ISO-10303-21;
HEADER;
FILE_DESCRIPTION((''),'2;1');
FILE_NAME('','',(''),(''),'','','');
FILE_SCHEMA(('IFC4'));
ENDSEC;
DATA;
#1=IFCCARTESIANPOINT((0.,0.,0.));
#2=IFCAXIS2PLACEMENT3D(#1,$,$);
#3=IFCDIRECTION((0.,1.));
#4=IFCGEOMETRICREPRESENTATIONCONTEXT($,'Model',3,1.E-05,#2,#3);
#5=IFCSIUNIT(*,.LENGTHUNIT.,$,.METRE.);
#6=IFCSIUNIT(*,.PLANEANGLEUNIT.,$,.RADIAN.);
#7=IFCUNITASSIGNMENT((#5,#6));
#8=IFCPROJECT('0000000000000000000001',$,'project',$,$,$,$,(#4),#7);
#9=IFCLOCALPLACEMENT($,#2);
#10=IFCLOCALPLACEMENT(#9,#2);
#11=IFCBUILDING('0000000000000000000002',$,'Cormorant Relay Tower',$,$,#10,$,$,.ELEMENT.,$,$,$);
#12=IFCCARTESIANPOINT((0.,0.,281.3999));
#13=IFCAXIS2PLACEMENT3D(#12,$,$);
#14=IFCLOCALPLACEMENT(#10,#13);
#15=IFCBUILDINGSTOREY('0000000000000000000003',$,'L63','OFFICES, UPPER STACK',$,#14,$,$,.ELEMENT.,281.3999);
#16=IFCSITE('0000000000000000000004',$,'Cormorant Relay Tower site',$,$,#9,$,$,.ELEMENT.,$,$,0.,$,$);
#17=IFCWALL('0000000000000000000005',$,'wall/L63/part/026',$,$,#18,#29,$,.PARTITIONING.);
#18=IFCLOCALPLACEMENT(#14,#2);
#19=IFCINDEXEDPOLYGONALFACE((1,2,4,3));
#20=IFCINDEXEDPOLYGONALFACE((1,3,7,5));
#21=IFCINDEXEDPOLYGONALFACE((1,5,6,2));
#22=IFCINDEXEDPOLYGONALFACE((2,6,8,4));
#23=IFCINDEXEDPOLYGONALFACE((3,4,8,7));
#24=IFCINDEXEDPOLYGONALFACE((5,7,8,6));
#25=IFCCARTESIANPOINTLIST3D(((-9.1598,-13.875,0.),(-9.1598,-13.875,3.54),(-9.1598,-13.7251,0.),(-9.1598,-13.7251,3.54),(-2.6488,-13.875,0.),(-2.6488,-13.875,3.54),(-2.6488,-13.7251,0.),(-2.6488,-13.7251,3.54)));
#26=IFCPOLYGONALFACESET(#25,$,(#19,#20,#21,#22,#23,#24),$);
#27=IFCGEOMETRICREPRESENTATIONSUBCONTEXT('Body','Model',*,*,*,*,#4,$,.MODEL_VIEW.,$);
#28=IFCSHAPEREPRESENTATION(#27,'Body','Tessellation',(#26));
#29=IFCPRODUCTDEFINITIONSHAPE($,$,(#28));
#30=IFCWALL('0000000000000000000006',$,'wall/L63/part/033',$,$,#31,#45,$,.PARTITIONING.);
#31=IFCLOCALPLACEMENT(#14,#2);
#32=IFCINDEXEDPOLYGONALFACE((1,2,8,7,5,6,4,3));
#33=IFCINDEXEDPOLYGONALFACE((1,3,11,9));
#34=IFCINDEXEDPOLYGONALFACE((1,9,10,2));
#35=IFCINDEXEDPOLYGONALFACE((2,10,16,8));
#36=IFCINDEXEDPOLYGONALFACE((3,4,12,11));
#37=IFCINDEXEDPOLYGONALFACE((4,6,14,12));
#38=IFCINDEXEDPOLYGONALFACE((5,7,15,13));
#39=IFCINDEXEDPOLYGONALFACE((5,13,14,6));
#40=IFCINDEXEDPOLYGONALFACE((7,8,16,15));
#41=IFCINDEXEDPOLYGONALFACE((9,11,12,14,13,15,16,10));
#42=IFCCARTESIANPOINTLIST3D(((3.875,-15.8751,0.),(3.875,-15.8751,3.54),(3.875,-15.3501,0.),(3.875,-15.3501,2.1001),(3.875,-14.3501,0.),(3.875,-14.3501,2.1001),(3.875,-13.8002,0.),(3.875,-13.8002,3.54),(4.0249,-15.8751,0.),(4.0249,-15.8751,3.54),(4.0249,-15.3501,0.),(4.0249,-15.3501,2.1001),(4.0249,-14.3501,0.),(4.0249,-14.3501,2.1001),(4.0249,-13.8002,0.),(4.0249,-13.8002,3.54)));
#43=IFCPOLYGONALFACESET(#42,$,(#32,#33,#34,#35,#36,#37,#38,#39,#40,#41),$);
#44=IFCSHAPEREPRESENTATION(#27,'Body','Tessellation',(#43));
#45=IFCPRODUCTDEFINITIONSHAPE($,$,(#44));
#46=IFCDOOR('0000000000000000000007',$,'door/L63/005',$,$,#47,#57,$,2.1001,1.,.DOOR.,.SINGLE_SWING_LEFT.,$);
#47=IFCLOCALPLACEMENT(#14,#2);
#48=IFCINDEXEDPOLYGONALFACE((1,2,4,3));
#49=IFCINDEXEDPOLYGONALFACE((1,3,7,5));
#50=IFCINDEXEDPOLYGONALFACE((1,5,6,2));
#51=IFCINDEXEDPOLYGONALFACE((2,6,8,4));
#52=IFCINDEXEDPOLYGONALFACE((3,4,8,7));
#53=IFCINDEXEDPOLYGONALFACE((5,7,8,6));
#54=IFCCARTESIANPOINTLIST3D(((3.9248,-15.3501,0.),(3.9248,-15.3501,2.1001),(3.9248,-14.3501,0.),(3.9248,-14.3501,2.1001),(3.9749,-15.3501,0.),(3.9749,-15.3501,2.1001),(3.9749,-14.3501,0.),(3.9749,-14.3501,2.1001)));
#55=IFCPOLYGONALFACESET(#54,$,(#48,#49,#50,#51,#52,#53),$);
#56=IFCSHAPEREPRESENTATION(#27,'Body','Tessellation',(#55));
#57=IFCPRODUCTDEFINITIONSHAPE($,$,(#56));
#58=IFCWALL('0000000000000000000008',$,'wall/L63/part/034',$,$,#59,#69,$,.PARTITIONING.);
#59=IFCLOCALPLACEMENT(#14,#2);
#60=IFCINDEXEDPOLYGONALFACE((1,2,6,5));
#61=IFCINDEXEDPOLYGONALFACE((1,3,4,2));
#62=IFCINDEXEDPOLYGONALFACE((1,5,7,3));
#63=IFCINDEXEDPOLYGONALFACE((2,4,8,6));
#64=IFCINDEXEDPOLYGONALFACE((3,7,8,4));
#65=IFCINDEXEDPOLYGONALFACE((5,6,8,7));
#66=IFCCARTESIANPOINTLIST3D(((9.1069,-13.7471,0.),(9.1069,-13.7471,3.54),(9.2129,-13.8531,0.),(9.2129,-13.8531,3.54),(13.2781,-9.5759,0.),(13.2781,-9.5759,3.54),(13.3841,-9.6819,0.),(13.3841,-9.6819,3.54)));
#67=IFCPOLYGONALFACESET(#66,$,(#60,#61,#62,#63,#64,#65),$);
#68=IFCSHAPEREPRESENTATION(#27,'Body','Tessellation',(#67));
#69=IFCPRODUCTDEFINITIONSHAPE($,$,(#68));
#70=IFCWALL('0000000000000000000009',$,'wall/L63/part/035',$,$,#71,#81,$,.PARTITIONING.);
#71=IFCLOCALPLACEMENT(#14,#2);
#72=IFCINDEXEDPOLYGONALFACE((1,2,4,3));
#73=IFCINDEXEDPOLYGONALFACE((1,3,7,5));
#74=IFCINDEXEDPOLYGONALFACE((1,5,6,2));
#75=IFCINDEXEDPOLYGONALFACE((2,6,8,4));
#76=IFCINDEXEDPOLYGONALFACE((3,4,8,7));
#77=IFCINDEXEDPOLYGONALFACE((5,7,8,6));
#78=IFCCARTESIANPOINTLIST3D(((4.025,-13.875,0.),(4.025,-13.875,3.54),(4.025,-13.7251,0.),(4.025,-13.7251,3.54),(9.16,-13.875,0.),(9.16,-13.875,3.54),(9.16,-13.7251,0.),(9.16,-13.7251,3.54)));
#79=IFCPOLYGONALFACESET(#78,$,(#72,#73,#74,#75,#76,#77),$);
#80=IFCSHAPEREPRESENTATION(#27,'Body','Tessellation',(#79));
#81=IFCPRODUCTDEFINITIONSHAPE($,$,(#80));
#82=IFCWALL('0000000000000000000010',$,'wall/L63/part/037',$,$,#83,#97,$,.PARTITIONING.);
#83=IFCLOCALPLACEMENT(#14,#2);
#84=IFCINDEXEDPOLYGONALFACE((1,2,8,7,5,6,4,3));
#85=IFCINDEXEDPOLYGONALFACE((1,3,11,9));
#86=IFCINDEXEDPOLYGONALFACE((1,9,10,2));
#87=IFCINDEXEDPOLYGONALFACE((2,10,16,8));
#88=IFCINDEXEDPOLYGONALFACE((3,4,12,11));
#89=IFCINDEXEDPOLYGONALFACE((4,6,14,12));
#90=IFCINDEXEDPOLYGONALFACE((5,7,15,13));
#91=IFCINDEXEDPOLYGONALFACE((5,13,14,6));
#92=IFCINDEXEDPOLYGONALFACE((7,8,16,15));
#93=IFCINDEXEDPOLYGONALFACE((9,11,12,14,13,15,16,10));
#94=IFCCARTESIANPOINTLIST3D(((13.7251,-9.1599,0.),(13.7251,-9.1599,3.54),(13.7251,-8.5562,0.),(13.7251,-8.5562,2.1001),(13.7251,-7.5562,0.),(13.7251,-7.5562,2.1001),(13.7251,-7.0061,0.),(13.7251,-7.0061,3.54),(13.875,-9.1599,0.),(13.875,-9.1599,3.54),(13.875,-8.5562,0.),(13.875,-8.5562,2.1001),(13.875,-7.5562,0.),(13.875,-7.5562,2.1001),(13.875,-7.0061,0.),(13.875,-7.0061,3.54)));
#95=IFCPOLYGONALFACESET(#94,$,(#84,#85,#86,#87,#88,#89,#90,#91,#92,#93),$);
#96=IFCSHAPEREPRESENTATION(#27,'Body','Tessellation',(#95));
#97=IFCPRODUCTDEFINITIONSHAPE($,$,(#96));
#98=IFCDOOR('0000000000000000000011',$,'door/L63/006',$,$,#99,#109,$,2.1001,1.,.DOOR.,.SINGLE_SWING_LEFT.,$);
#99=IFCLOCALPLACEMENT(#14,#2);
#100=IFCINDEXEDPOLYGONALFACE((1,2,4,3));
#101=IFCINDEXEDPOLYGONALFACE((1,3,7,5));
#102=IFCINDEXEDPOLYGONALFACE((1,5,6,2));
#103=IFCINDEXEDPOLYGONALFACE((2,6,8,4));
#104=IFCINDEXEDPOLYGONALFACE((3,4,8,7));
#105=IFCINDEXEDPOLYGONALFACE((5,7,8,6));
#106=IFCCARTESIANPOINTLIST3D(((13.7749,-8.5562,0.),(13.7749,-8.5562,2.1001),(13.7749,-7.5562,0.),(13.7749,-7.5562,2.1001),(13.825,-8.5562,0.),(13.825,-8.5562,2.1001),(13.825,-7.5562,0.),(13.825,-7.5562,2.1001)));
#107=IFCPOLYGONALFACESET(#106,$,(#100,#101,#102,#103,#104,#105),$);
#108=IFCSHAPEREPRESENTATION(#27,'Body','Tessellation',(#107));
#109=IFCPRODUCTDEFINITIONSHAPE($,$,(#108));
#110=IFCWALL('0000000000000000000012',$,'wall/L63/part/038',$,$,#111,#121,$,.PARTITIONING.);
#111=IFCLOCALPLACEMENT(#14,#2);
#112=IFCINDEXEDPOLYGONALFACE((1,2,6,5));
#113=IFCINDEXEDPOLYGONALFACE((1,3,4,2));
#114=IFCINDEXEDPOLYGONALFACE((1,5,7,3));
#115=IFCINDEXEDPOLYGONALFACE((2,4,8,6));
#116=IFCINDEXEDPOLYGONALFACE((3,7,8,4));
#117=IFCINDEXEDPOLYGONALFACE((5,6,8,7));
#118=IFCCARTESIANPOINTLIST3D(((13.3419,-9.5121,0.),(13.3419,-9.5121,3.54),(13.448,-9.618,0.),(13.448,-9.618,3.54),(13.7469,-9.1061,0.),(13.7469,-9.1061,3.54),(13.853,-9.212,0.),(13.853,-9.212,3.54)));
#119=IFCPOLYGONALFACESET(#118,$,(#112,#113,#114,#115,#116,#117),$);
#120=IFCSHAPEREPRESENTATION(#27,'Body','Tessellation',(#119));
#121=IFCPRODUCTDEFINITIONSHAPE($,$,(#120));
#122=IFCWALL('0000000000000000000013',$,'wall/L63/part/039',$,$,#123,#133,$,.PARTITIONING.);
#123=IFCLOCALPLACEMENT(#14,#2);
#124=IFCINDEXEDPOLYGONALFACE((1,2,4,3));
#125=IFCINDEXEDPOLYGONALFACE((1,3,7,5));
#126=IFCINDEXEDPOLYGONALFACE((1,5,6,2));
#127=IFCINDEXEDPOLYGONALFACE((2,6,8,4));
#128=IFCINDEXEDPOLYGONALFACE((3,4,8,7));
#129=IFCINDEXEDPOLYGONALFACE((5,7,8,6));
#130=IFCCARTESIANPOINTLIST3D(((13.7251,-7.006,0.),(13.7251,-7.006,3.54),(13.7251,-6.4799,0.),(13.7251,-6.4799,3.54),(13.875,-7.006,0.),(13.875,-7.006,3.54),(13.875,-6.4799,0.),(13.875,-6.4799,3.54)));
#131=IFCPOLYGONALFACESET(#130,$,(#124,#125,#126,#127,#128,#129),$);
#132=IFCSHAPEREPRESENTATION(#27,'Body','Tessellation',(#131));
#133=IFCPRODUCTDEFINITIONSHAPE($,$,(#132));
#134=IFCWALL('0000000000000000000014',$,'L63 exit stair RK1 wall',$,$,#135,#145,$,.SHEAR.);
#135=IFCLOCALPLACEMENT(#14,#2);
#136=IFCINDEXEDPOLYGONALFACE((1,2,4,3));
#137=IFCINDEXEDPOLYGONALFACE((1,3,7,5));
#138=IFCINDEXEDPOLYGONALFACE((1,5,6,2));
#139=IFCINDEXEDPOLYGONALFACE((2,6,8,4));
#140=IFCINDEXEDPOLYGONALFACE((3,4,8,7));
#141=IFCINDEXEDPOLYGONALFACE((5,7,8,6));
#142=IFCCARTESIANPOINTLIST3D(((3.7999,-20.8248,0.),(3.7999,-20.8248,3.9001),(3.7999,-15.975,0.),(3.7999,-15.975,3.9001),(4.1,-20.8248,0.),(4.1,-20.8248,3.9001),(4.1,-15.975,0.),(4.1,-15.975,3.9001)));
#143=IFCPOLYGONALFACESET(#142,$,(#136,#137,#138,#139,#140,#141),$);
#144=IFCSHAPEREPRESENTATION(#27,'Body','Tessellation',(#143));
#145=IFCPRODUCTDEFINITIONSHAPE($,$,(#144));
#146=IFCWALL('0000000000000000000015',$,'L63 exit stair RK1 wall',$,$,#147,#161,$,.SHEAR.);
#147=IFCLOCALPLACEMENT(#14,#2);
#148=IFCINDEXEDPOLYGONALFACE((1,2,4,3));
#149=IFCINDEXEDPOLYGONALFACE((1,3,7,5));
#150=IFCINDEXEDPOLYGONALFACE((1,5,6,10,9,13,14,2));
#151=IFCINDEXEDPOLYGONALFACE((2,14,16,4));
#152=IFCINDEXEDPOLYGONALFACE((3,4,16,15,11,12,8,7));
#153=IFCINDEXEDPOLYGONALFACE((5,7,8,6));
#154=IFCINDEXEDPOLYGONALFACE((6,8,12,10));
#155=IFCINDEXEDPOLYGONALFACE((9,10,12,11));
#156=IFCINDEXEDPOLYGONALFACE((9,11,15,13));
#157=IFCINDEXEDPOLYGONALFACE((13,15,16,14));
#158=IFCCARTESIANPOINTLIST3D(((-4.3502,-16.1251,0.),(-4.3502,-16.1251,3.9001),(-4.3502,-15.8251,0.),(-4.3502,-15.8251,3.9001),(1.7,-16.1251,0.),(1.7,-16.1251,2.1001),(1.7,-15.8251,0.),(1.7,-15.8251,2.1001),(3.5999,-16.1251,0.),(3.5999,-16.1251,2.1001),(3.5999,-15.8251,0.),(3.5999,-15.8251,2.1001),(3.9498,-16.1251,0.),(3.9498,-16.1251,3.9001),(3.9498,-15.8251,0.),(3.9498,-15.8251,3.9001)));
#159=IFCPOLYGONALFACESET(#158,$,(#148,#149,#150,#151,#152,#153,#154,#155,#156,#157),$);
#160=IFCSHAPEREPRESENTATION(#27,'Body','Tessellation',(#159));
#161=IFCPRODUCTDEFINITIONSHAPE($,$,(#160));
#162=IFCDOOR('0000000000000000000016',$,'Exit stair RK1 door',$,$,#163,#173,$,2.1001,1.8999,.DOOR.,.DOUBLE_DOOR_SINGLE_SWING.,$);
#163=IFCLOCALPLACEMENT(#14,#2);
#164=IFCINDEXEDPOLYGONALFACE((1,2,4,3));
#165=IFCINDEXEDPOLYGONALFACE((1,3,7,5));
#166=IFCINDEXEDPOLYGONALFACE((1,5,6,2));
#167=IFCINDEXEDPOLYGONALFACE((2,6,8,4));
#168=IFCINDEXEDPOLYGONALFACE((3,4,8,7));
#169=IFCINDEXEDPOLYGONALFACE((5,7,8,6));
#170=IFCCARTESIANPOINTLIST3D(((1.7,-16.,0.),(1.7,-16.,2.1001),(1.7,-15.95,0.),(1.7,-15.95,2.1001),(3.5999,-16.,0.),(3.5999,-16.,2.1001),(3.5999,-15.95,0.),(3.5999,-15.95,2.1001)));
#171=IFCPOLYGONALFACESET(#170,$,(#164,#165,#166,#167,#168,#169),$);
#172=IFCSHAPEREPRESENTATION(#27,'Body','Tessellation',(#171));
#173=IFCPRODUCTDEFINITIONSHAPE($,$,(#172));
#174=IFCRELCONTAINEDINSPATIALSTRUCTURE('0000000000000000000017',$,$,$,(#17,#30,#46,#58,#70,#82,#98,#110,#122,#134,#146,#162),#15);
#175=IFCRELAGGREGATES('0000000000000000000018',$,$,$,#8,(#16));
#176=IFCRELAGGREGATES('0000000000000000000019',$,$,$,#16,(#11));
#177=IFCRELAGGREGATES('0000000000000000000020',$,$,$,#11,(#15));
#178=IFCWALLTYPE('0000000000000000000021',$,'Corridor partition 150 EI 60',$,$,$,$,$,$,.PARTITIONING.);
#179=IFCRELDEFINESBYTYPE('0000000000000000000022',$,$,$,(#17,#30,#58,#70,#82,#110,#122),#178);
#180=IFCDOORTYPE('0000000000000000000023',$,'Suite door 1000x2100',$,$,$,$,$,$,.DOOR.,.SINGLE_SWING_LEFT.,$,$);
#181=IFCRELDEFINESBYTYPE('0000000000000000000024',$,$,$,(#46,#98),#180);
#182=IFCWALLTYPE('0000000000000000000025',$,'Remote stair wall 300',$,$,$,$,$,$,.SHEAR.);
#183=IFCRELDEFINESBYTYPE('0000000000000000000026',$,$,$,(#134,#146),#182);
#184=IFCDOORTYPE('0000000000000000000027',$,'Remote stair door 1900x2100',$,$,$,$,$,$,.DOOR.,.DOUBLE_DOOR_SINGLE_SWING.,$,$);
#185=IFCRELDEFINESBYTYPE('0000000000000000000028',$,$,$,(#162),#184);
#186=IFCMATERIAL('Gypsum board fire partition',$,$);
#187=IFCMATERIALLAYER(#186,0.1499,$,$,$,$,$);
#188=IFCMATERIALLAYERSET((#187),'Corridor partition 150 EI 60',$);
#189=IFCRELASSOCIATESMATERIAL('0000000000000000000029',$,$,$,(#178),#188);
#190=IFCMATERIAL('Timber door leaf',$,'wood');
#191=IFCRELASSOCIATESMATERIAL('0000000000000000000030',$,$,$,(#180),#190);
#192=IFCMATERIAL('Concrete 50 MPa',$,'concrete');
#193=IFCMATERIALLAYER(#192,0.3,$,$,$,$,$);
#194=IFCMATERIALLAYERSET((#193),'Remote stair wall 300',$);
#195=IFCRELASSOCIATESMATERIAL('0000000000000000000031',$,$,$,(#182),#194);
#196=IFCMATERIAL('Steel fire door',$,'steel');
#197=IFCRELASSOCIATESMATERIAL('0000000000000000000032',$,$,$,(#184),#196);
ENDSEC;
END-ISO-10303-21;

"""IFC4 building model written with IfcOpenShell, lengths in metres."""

from ifc_helpers import new_model, si_unit, direction, frame, frame_2d, origin, place, context, subcontext, project, spatial, rectangle, extrude, material, layer, layer_set, type_object, element, fill, save


model = new_model("IFC4")

# Units and contexts
model_context = context("Model", 3, precision=1e-05, world=origin(), true_north=direction((0.0, 1.0)))
body_context = subcontext(model_context, "Body", "Model", "MODEL_VIEW")
ifc_project = project(units=[si_unit("LENGTHUNIT", "METRE"), si_unit("PLANEANGLEUNIT", "RADIAN")], contexts=[model_context])

# Site, building, storey
site_placement = place(None, origin())
site = spatial("IfcSite", under=ifc_project, at=site_placement, Name="Cormorant Relay Tower site", CompositionType="ELEMENT", RefElevation=0.0)
building_placement = place(site_placement, origin())
building = spatial("IfcBuilding", under=site, at=building_placement, Name="Cormorant Relay Tower", CompositionType="ELEMENT")
storey_placement = place(building_placement, frame((0.0, 0.0, 281.3999)))
storey = spatial("IfcBuildingStorey", under=building, at=storey_placement, Name="L63", Description="OFFICES, UPPER STACK", CompositionType="ELEMENT", Elevation=281.3999)

# Shared definitions
ifc_material_1 = material(Name="Gypsum board fire partition")
ifc_layer_1 = layer(ifc_material_1, 0.1499)
ifc_layer_set_1 = layer_set([ifc_layer_1], Name="Corridor partition 150 EI 60")
wall_type_1 = type_object("IfcWallType", Name="Corridor partition 150 EI 60", PredefinedType="PARTITIONING", material=ifc_layer_set_1)
ifc_material_2 = material(Name="Timber door leaf", Category="wood")
door_type_1 = type_object("IfcDoorType", Name="Suite door 1000x2100", OperationType="SINGLE_SWING_LEFT", PredefinedType="DOOR", material=ifc_material_2)

# Wall
wall_1_placement = place(storey_placement, frame((-2.6489, -13.8, 0.0), z_axis=(0.0, 0.0, 1.0), x_axis=(-1.0, 0.0, 0.0)))
element("IfcWall", 1, at=wall_1_placement, inside=storey, type_object=wall_type_1, Name="wall/L63/part/026", PredefinedType="PARTITIONING", context=body_context, shape_type="SweptSolid", body=[
    extrude(rectangle(XDim=6.511, YDim=0.1499, at=frame_2d((3.2554, 0.0))), origin(), (0.0, 0.0, 1.0), 3.54),
])

# Wall, opening, door
wall_2_placement = place(storey_placement, frame((3.95, -13.8, 0.0), z_axis=(0.0, 0.0, 1.0), x_axis=(0.0, -1.0, 0.0)))
wall_2 = element("IfcWall", 2, at=wall_2_placement, inside=storey, type_object=wall_type_1, Name="wall/L63/part/033", PredefinedType="PARTITIONING", context=body_context, shape_type="SweptSolid", body=[
    extrude(rectangle(XDim=2.075, YDim=0.1499, at=frame_2d((1.0376, 0.0))), origin(), (0.0, 0.0, 1.0), 3.54),
])
opening_1_placement = place(wall_2_placement, frame((0.55, 0.0, 0.0)))
opening_1 = element("IfcOpeningElement", 3, at=opening_1_placement, cuts=wall_2, PredefinedType="OPENING", context=body_context, shape_type="SweptSolid", body=[
    extrude(rectangle(XDim=1.0, YDim=2.1001, at=frame_2d((0.5, 1.05))), frame((0.0, 0.085, 0.0), z_axis=(0.0, -1.0, 0.0), x_axis=(1.0, 0.0, 0.0)), (0.0, 0.0, 1.0), 0.1699),
])
door_1_placement = place(opening_1_placement, origin())
door_1 = element("IfcDoor", 4, at=door_1_placement, inside=storey, type_object=door_type_1, Name="door/L63/005", OperationType="SINGLE_SWING_LEFT", OverallHeight=2.1001, OverallWidth=1.0, PredefinedType="DOOR", context=body_context, shape_type="SweptSolid", body=[
    extrude(rectangle(XDim=1.0, YDim=2.1001, at=frame_2d((0.5, 1.05))), frame((0.0, 0.0249, 0.0), z_axis=(0.0, -1.0, 0.0), x_axis=(1.0, 0.0, 0.0)), (0.0, 0.0, 1.0), 0.05),
])
fill(opening_1, door_1)

# Walls
wall_3_placement = place(storey_placement, frame((13.3311, -9.6289, 0.0), z_axis=(0.0, 0.0, 1.0), x_axis=(-0.707107, -0.707107, 0.0)))
element("IfcWall", 5, at=wall_3_placement, inside=storey, type_object=wall_type_1, Name="wall/L63/part/034", PredefinedType="PARTITIONING", context=body_context, shape_type="SweptSolid", body=[
    extrude(rectangle(XDim=5.8989, YDim=0.1499, at=frame_2d((2.9495, 0.0))), origin(), (0.0, 0.0, 1.0), 3.54),
])
wall_4_placement = place(storey_placement, frame((9.1599, -13.8, 0.0), z_axis=(0.0, 0.0, 1.0), x_axis=(-1.0, 0.0, 0.0)))
element("IfcWall", 6, at=wall_4_placement, inside=storey, type_object=wall_type_1, Name="wall/L63/part/035", PredefinedType="PARTITIONING", context=body_context, shape_type="SweptSolid", body=[
    extrude(rectangle(XDim=5.135, YDim=0.1499, at=frame_2d((2.5674, 0.0))), origin(), (0.0, 0.0, 1.0), 3.54),
])

# Wall, opening, door
wall_5_placement = place(storey_placement, frame((13.8, -7.0061, 0.0), z_axis=(0.0, 0.0, 1.0), x_axis=(0.0, -1.0, 0.0)))
wall_5 = element("IfcWall", 7, at=wall_5_placement, inside=storey, type_object=wall_type_1, Name="wall/L63/part/037", PredefinedType="PARTITIONING", context=body_context, shape_type="SweptSolid", body=[
    extrude(rectangle(XDim=2.1538, YDim=0.1499, at=frame_2d((1.0769, 0.0))), origin(), (0.0, 0.0, 1.0), 3.54),
])
opening_2_placement = place(wall_5_placement, frame((0.55, 0.0, 0.0)))
opening_2 = element("IfcOpeningElement", 8, at=opening_2_placement, cuts=wall_5, PredefinedType="OPENING", context=body_context, shape_type="SweptSolid", body=[
    extrude(rectangle(XDim=1.0, YDim=2.1001, at=frame_2d((0.5, 1.05))), frame((0.0, 0.085, 0.0), z_axis=(0.0, -1.0, 0.0), x_axis=(1.0, 0.0, 0.0)), (0.0, 0.0, 1.0), 0.1699),
])
door_2_placement = place(opening_2_placement, origin())
door_2 = element("IfcDoor", 9, at=door_2_placement, inside=storey, type_object=door_type_1, Name="door/L63/006", OperationType="SINGLE_SWING_LEFT", OverallHeight=2.1001, OverallWidth=1.0, PredefinedType="DOOR", context=body_context, shape_type="SweptSolid", body=[
    extrude(rectangle(XDim=1.0, YDim=2.1001, at=frame_2d((0.5, 1.05))), frame((0.0, 0.0249, 0.0), z_axis=(0.0, -1.0, 0.0), x_axis=(1.0, 0.0, 0.0)), (0.0, 0.0, 1.0), 0.05),
])
fill(opening_2, door_2)

# Walls
wall_6_placement = place(storey_placement, frame((13.395, -9.5649, 0.0), z_axis=(0.0, 0.0, 1.0), x_axis=(0.706255, 0.707958, 0.0)))
element("IfcWall", 10, at=wall_6_placement, inside=storey, type_object=wall_type_1, Name="wall/L63/part/038", PredefinedType="PARTITIONING", context=body_context, shape_type="SweptSolid", body=[
    extrude(rectangle(XDim=0.5735, YDim=0.1499, at=frame_2d((0.2866, 0.0))), origin(), (0.0, 0.0, 1.0), 3.54),
])
wall_7_placement = place(storey_placement, frame((13.8, -7.0061, 0.0), z_axis=(0.0, 0.0, 1.0), x_axis=(0.0, 1.0, 0.0)))
element("IfcWall", 11, at=wall_7_placement, inside=storey, type_object=wall_type_1, Name="wall/L63/part/039", PredefinedType="PARTITIONING", context=body_context, shape_type="SweptSolid", body=[
    extrude(rectangle(XDim=0.5261, YDim=0.1499, at=frame_2d((0.2632, 0.0))), origin(), (0.0, 0.0, 1.0), 3.54),
])
ifc_material_3 = material(Name="Concrete 50 MPa", Category="concrete")
ifc_layer_2 = layer(ifc_material_3, 0.3)
ifc_layer_set_2 = layer_set([ifc_layer_2], Name="Remote stair wall 300")
wall_type_2 = type_object("IfcWallType", Name="Remote stair wall 300", PredefinedType="SHEAR", material=ifc_layer_set_2)
wall_8_placement = place(storey_placement, frame((3.95, -15.9751, 0.0), z_axis=(0.0, 0.0, 1.0), x_axis=(0.0, -1.0, 0.0)))
element("IfcWall", 12, at=wall_8_placement, inside=storey, type_object=wall_type_2, Name="L63 exit stair RK1 wall", PredefinedType="SHEAR", context=body_context, shape_type="SweptSolid", body=[
    extrude(rectangle(XDim=4.8499, YDim=0.3, at=frame_2d((2.4248, 0.0))), origin(), (0.0, 0.0, 1.0), 3.9001),
])

# Wall, opening, door
wall_9_placement = place(storey_placement, frame((-4.3501, -15.9751, 0.0), z_axis=(0.0, 0.0, 1.0), x_axis=(1.0, 0.0, 0.0)))
wall_9 = element("IfcWall", 13, at=wall_9_placement, inside=storey, type_object=wall_type_2, Name="L63 exit stair RK1 wall", PredefinedType="SHEAR", context=body_context, shape_type="SweptSolid", body=[
    extrude(rectangle(XDim=8.3, YDim=0.3, at=frame_2d((4.1499, 0.0))), origin(), (0.0, 0.0, 1.0), 3.9001),
])
opening_3_placement = place(wall_9_placement, frame((6.05, 0.0, 0.0)))
opening_3 = element("IfcOpeningElement", 14, at=opening_3_placement, cuts=wall_9, PredefinedType="OPENING", context=body_context, shape_type="SweptSolid", body=[
    extrude(rectangle(XDim=1.8999, YDim=2.1001, at=frame_2d((0.95, 1.05))), frame((0.0, 0.1599, 0.0), z_axis=(0.0, -1.0, 0.0), x_axis=(1.0, 0.0, 0.0)), (0.0, 0.0, 1.0), 0.3201),
])
ifc_material_4 = material(Name="Steel fire door", Category="steel")
door_type_2 = type_object("IfcDoorType", Name="Remote stair door 1900x2100", OperationType="DOUBLE_DOOR_SINGLE_SWING", PredefinedType="DOOR", material=ifc_material_4)
door_3_placement = place(opening_3_placement, frame((1.8999, 0.0, 0.0), z_axis=(0.0, 0.0, 1.0), x_axis=(-1.0, 0.0, 0.0)))
door_3 = element("IfcDoor", 15, at=door_3_placement, inside=storey, type_object=door_type_2, Name="Exit stair RK1 door", OperationType="DOUBLE_DOOR_SINGLE_SWING", OverallHeight=2.1001, OverallWidth=1.8999, PredefinedType="DOOR", context=body_context, shape_type="SweptSolid", body=[
    extrude(rectangle(XDim=1.8999, YDim=2.1001, at=frame_2d((0.95, 1.05))), frame((0.0, 0.0249, 0.0), z_axis=(0.0, -1.0, 0.0), x_axis=(1.0, 0.0, 0.0)), (0.0, 0.0, 1.0), 0.05),
])
fill(opening_3, door_3)

save(model, "model.ifc")
